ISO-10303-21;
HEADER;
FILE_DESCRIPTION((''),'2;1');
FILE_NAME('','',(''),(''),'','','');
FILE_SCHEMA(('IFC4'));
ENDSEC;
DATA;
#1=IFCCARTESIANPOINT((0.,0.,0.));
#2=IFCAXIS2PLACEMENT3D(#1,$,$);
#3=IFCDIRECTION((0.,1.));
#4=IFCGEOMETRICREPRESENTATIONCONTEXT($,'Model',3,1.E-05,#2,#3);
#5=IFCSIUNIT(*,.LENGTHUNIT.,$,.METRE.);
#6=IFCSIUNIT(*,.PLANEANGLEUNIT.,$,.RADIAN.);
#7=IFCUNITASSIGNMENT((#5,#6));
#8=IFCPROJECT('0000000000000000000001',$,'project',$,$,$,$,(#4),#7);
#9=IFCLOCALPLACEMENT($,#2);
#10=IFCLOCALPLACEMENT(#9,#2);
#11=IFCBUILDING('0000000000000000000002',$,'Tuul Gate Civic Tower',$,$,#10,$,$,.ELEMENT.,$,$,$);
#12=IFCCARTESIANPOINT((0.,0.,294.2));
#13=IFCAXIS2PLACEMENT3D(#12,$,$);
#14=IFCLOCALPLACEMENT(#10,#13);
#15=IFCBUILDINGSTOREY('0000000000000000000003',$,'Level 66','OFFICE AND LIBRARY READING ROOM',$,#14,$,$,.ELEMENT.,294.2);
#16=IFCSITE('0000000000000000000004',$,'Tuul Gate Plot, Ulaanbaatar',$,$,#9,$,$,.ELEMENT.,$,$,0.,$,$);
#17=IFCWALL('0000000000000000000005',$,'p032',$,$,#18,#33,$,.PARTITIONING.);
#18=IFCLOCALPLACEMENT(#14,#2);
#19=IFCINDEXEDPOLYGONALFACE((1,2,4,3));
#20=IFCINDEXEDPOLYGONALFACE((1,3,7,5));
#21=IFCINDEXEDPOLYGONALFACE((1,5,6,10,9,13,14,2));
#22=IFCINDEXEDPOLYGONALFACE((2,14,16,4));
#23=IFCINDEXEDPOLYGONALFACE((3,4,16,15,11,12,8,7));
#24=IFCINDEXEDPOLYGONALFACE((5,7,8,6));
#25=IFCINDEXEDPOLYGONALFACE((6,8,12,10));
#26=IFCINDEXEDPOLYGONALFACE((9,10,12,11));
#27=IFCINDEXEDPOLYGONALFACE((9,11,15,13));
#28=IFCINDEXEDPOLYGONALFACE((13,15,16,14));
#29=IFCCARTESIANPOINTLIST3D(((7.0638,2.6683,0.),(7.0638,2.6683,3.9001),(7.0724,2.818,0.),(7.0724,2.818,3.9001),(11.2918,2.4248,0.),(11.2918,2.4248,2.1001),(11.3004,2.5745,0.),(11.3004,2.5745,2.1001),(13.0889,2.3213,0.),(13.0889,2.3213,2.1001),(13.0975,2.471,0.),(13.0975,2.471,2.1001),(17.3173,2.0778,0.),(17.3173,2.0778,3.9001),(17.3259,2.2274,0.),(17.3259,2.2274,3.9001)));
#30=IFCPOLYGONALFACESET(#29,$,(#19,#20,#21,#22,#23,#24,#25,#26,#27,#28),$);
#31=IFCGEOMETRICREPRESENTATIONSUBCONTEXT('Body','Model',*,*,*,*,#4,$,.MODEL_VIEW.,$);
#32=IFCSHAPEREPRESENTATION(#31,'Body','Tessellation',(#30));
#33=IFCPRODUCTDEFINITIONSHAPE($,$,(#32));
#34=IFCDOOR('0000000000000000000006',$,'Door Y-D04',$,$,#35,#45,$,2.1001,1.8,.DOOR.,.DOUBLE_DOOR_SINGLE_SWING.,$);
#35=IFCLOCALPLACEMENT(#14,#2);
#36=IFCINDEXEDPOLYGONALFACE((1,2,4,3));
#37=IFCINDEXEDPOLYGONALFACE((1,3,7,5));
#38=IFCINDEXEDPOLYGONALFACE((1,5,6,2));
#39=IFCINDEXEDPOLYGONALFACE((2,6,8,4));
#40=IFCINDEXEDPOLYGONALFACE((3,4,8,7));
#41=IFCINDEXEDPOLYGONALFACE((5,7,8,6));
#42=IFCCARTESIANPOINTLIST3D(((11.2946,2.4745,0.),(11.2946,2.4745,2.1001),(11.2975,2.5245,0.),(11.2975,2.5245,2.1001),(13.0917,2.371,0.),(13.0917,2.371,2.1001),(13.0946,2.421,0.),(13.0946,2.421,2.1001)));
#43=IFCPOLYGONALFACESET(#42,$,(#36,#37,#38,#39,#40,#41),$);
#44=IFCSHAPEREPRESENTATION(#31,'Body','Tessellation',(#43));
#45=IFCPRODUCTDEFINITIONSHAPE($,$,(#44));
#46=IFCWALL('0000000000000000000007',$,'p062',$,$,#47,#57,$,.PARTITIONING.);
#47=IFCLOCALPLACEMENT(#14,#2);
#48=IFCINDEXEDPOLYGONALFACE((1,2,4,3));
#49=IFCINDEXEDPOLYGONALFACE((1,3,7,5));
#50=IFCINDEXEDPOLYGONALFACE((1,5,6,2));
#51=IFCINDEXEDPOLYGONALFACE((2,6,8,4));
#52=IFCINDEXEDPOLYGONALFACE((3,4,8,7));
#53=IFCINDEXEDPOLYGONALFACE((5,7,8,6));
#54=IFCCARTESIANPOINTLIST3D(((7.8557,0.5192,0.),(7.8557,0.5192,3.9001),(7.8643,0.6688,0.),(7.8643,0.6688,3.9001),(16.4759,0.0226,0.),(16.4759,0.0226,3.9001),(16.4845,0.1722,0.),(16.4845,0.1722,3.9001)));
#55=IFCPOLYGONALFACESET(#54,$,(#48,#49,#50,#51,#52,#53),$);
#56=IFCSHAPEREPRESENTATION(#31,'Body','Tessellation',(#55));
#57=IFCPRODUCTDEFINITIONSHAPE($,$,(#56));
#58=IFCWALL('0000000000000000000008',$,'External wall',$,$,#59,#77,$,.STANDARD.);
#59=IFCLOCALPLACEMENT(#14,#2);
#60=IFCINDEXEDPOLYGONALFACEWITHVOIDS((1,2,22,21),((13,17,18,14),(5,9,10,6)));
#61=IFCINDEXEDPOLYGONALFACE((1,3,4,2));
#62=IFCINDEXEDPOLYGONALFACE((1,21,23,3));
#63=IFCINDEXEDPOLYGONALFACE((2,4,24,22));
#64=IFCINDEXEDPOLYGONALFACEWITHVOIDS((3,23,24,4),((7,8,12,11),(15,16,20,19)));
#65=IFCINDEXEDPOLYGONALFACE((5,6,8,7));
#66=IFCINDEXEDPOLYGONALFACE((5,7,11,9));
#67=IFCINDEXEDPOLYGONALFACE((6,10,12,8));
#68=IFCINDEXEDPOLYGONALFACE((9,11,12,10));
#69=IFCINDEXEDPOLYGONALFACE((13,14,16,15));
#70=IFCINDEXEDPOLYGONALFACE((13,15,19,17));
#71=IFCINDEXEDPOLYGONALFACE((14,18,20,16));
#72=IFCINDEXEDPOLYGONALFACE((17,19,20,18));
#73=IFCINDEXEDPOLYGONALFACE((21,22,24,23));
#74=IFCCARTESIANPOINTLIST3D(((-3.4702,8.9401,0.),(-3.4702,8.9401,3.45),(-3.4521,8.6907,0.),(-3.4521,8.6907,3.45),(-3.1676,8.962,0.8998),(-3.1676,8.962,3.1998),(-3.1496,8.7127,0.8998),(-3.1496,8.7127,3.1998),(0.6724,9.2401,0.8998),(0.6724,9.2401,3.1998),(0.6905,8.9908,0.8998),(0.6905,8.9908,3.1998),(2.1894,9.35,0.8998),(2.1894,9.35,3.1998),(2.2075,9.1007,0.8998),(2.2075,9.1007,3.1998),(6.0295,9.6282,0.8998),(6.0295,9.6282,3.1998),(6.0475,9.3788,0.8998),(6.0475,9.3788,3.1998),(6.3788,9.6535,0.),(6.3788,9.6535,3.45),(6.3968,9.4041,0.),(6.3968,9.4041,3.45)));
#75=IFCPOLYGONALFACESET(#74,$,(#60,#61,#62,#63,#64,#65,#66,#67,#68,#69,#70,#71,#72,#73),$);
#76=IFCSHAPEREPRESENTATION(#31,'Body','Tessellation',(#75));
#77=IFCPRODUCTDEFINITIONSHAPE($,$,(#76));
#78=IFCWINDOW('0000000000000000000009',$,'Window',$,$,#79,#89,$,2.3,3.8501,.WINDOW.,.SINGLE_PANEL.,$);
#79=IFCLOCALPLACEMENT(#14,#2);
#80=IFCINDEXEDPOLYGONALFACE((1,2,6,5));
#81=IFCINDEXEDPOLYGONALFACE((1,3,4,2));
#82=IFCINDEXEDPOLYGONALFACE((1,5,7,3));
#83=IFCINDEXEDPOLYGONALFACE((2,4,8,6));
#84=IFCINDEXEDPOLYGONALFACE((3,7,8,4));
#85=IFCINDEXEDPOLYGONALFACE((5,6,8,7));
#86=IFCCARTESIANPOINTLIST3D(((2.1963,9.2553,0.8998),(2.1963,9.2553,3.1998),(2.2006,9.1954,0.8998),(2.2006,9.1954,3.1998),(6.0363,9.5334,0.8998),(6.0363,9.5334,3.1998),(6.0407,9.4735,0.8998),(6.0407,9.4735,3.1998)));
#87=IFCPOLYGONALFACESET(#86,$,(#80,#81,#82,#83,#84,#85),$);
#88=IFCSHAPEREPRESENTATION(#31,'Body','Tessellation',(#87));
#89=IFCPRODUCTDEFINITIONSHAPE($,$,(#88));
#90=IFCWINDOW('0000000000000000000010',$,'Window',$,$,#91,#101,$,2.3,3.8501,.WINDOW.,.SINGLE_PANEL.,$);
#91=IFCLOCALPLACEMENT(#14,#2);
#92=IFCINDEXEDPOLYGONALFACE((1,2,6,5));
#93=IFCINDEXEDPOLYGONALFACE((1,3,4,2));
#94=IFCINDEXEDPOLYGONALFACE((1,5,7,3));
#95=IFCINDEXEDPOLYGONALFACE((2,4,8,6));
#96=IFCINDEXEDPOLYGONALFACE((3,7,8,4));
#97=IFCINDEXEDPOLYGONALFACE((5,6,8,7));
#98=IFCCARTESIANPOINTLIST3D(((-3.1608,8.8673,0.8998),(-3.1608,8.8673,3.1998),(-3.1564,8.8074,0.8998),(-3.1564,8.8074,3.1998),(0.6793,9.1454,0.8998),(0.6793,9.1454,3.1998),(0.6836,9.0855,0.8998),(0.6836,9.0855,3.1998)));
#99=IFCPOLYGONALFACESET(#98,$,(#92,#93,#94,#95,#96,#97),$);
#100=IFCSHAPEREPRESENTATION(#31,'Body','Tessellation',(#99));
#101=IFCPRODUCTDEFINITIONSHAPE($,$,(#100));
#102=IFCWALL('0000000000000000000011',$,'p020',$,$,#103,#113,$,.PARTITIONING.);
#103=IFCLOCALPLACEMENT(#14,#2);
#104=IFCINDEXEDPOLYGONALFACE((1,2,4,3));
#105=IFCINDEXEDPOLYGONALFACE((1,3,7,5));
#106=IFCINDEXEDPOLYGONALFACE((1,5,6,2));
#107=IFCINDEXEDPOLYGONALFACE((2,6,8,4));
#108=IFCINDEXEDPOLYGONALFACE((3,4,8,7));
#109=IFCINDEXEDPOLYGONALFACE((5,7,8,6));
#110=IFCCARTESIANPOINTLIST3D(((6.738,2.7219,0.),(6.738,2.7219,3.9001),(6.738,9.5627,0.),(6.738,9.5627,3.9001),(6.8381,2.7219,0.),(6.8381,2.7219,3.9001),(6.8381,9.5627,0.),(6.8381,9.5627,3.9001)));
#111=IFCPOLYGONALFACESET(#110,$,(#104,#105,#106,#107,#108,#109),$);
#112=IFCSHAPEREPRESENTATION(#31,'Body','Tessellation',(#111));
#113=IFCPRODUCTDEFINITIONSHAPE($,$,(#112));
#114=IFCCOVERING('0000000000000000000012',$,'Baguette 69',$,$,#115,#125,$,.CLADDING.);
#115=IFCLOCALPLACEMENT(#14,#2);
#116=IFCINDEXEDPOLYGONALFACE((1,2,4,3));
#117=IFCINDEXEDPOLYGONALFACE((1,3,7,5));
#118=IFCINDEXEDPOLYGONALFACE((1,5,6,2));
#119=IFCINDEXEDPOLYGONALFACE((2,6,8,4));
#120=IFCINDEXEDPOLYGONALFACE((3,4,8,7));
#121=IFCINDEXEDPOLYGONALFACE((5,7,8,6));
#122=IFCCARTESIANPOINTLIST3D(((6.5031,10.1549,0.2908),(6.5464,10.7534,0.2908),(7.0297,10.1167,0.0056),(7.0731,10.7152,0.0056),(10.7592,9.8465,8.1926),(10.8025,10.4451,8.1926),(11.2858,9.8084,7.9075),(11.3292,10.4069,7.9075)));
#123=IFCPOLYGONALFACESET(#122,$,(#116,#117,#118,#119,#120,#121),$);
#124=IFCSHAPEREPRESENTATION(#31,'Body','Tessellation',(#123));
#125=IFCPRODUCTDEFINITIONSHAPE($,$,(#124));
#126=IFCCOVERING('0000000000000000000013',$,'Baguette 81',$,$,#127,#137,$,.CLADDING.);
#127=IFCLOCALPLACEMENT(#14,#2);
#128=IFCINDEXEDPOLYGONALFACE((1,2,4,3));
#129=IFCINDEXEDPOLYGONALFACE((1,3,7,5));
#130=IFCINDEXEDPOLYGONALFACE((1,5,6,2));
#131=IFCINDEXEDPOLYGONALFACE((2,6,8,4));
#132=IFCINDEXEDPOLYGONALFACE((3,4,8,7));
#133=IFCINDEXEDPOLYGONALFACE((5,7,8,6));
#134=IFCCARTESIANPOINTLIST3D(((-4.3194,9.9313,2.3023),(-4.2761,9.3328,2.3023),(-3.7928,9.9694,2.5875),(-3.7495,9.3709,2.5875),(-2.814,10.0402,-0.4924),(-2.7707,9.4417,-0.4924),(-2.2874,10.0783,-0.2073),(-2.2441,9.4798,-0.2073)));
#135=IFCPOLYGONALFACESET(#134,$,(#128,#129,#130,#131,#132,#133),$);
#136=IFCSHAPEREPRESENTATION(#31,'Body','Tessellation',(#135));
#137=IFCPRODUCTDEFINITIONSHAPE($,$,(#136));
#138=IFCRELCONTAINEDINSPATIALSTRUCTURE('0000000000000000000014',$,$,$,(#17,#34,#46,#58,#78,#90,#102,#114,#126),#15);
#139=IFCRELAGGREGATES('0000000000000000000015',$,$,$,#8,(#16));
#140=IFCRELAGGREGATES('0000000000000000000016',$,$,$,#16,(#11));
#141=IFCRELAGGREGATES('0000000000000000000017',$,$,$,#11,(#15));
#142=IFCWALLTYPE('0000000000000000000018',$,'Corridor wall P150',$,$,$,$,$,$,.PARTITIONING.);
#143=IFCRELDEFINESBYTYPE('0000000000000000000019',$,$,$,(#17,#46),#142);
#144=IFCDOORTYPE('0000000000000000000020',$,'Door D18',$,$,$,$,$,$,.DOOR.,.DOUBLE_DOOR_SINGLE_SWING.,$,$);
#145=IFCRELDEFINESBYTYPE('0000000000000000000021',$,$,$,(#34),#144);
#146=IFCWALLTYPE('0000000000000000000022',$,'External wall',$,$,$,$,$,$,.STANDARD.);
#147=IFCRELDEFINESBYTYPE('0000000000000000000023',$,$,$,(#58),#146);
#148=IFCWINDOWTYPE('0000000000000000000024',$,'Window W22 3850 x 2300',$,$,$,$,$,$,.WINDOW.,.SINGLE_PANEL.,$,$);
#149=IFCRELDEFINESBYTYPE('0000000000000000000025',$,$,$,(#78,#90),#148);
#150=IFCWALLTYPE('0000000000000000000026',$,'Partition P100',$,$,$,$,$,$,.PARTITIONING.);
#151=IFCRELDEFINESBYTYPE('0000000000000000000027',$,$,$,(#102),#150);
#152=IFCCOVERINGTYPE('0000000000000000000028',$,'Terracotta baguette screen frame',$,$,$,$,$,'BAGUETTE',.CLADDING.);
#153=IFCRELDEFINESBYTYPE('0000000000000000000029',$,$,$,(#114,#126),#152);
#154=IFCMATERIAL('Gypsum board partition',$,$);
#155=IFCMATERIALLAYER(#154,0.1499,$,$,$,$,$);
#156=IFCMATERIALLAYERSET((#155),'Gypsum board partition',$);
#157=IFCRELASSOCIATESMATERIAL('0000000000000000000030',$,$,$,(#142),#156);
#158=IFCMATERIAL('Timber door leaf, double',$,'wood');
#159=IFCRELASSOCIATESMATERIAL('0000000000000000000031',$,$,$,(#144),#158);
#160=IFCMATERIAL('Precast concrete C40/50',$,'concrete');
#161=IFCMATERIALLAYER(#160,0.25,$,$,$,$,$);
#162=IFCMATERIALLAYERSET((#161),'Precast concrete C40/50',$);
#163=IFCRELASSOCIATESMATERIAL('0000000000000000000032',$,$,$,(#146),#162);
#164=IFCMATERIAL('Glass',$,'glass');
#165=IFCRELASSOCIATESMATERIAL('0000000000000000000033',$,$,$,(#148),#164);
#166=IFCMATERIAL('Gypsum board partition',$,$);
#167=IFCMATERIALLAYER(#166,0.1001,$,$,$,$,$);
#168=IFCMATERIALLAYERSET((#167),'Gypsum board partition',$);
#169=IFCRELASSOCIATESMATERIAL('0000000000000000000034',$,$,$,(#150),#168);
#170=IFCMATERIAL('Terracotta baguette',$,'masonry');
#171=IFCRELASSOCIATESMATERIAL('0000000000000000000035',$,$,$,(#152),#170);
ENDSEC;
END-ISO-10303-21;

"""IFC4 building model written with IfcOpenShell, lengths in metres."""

from ifc_helpers import new_model, si_unit, direction, frame, frame_2d, origin, origin_2d, place, context, subcontext, project, spatial, rectangle, extrude, material, layer, layer_set, material_profile, profile_set, type_object, element, fill, save


model = new_model("IFC4")

# Units and contexts
model_context = context("Model", 3, precision=1e-05, world=origin(), true_north=direction((0.0, 1.0)))
body_context = subcontext(model_context, "Body", "Model", "MODEL_VIEW")
ifc_project = project(units=[si_unit("LENGTHUNIT", "METRE"), si_unit("PLANEANGLEUNIT", "RADIAN")], contexts=[model_context])

# Site, building, storey
site_placement = place(None, origin())
site = spatial("IfcSite", under=ifc_project, at=site_placement, Name="Tuul Gate Plot, Ulaanbaatar", CompositionType="ELEMENT", RefElevation=0.0)
building_placement = place(site_placement, origin())
building = spatial("IfcBuilding", under=site, at=building_placement, Name="Tuul Gate Civic Tower", CompositionType="ELEMENT")
storey_placement = place(building_placement, frame((0.0, 0.0, 294.2)))
storey = spatial("IfcBuildingStorey", under=building, at=storey_placement, Name="Level 66", Description="OFFICE AND LIBRARY READING ROOM", CompositionType="ELEMENT", Elevation=294.2)

# Shared definitions
ifc_material_1 = material(Name="Gypsum board partition")
ifc_layer_1 = layer(ifc_material_1, 0.1499)
ifc_layer_set_1 = layer_set([ifc_layer_1], Name="Gypsum board partition")
wall_type_1 = type_object("IfcWallType", Name="Corridor wall P150", PredefinedType="PARTITIONING", material=ifc_layer_set_1)

# Wall, opening, door
wall_1_placement = place(storey_placement, frame((7.0681, 2.7432, 0.0), z_axis=(0.0, 0.0, 1.0), x_axis=(0.998345, -0.057503, 0.0)))
wall_1 = element("IfcWall", 1, at=wall_1_placement, inside=storey, type_object=wall_type_1, Name="p032", PredefinedType="PARTITIONING", context=body_context, shape_type="SweptSolid", body=[
    extrude(rectangle(XDim=10.2705, YDim=0.1499, at=frame_2d((5.1353, 0.0))), origin(), (0.0, 0.0, 1.0), 3.9001),
])
opening_1_placement = place(wall_1_placement, frame((4.2351, 0.0, 0.0)))
opening_1 = element("IfcOpeningElement", 2, at=opening_1_placement, cuts=wall_1, PredefinedType="OPENING", context=body_context, shape_type="SweptSolid", body=[
    extrude(rectangle(XDim=1.8, YDim=2.1001, at=frame_2d((0.8999, 1.05))), frame((0.0, 0.085, 0.0), z_axis=(0.0, -1.0, 0.0), x_axis=(1.0, 0.0, 0.0)), (0.0, 0.0, 1.0), 0.1699),
])
ifc_material_2 = material(Name="Timber door leaf, double", Category="wood")
door_type = type_object("IfcDoorType", Name="Door D18", OperationType="DOUBLE_DOOR_SINGLE_SWING", PredefinedType="DOOR", material=ifc_material_2)
door_placement = place(opening_1_placement, origin())
door = element("IfcDoor", 3, at=door_placement, inside=storey, type_object=door_type, Name="Door Y-D04", OperationType="DOUBLE_DOOR_SINGLE_SWING", OverallHeight=2.1001, OverallWidth=1.8, PredefinedType="DOOR", context=body_context, shape_type="SweptSolid", body=[
    extrude(rectangle(XDim=1.8, YDim=2.1001, at=frame_2d((0.8999, 1.05))), frame((0.0, 0.0249, 0.0), z_axis=(0.0, -1.0, 0.0), x_axis=(1.0, 0.0, 0.0)), (0.0, 0.0, 1.0), 0.05),
])
fill(opening_1, door)

# Wall
wall_2_placement = place(storey_placement, frame((7.8599, 0.594, 0.0), z_axis=(0.0, 0.0, 1.0), x_axis=(0.998345, -0.057512, 0.0)))
element("IfcWall", 4, at=wall_2_placement, inside=storey, type_object=wall_type_1, Name="p062", PredefinedType="PARTITIONING", context=body_context, shape_type="SweptSolid", body=[
    extrude(rectangle(XDim=8.6345, YDim=0.1499, at=frame_2d((4.3174, 0.0))), origin(), (0.0, 0.0, 1.0), 3.9001),
])

# Wall, openings, windows
ifc_material_3 = material(Name="Precast concrete C40/50", Category="concrete")
ifc_layer_2 = layer(ifc_material_3, 0.25)
ifc_layer_set_2 = layer_set([ifc_layer_2], Name="Precast concrete C40/50")
wall_type_2 = type_object("IfcWallType", Name="External wall", PredefinedType="STANDARD", material=ifc_layer_set_2)
wall_3_placement = place(storey_placement, frame((6.3879, 9.5288, 0.0), z_axis=(0.0, 0.0, 1.0), x_axis=(-0.997387, -0.072243, 0.0)))
wall_3 = element("IfcWall", 5, at=wall_3_placement, inside=storey, type_object=wall_type_2, Name="External wall", PredefinedType="STANDARD", context=body_context, shape_type="SweptSolid", body=[
    extrude(rectangle(XDim=9.8748, YDim=0.25, at=frame_2d((4.9375, 0.0))), origin(), (0.0, 0.0, 1.0), 3.45),
])
opening_2_placement = place(wall_3_placement, frame((0.3503, 0.0, 0.8999)))
opening_2 = element("IfcOpeningElement", 6, at=opening_2_placement, cuts=wall_3, PredefinedType="OPENING", context=body_context, shape_type="SweptSolid", body=[
    extrude(rectangle(XDim=3.8501, YDim=2.3, at=frame_2d((1.925, 1.1499))), frame((0.0, 0.135, 0.0), z_axis=(0.0, -1.0, 0.0), x_axis=(1.0, 0.0, 0.0)), (0.0, 0.0, 1.0), 0.27),
])
opening_3_placement = place(wall_3_placement, frame((5.7214, 0.0, 0.8999)))
opening_3 = element("IfcOpeningElement", 7, at=opening_3_placement, cuts=wall_3, PredefinedType="OPENING", context=body_context, shape_type="SweptSolid", body=[
    extrude(rectangle(XDim=3.8501, YDim=2.3, at=frame_2d((1.925, 1.1499))), frame((0.0, 0.135, 0.0), z_axis=(0.0, -1.0, 0.0), x_axis=(1.0, 0.0, 0.0)), (0.0, 0.0, 1.0), 0.27),
])
ifc_material_4 = material(Name="Glass", Category="glass")
window_type = type_object("IfcWindowType", Name="Window W22 3850 x 2300", PartitioningType="SINGLE_PANEL", PredefinedType="WINDOW", material=ifc_material_4)
window_1_placement = place(opening_2_placement, origin())
window_1 = element("IfcWindow", 8, at=window_1_placement, inside=storey, type_object=window_type, Name="Window", OverallHeight=2.3, OverallWidth=3.8501, PartitioningType="SINGLE_PANEL", PredefinedType="WINDOW", context=body_context, shape_type="SweptSolid", body=[
    extrude(rectangle(XDim=3.8501, YDim=2.3, at=frame_2d((1.925, 1.1499))), frame((0.0, 0.03, 0.0), z_axis=(0.0, -1.0, 0.0), x_axis=(1.0, 0.0, 0.0)), (0.0, 0.0, 1.0), 0.0601),
])
fill(opening_2, window_1)
window_2_placement = place(opening_3_placement, origin())
window_2 = element("IfcWindow", 9, at=window_2_placement, inside=storey, type_object=window_type, Name="Window", OverallHeight=2.3, OverallWidth=3.8501, PartitioningType="SINGLE_PANEL", PredefinedType="WINDOW", context=body_context, shape_type="SweptSolid", body=[
    extrude(rectangle(XDim=3.8501, YDim=2.3, at=frame_2d((1.925, 1.1499))), frame((0.0, 0.03, 0.0), z_axis=(0.0, -1.0, 0.0), x_axis=(1.0, 0.0, 0.0)), (0.0, 0.0, 1.0), 0.0601),
])
fill(opening_3, window_2)

# Wall
ifc_material_5 = material(Name="Gypsum board partition")
ifc_layer_3 = layer(ifc_material_5, 0.1001)
ifc_layer_set_3 = layer_set([ifc_layer_3], Name="Gypsum board partition")
wall_type_3 = type_object("IfcWallType", Name="Partition P100", PredefinedType="PARTITIONING", material=ifc_layer_set_3)
wall_4_placement = place(storey_placement, frame((6.7881, 2.7219, 0.0), z_axis=(0.0, 0.0, 1.0), x_axis=(0.0, 1.0, 0.0)))
element("IfcWall", 10, at=wall_4_placement, inside=storey, type_object=wall_type_3, Name="p020", PredefinedType="PARTITIONING", context=body_context, shape_type="SweptSolid", body=[
    extrude(rectangle(XDim=6.8408, YDim=0.1001, at=frame_2d((3.4204, 0.0))), origin(), (0.0, 0.0, 1.0), 3.9001),
])

# Coverings
ifc_material_6 = material(Name="Terracotta baguette", Category="masonry")
ifc_material_profile_1 = material_profile(ifc_material_6, rectangle(XDim=0.6001, YDim=0.6001, at=origin_2d()), Name="Terracotta baguette screen frame")
ifc_profile_set_1 = profile_set([ifc_material_profile_1], Name="Terracotta baguette")
covering_type = type_object("IfcCoveringType", Name="Terracotta baguette screen frame", ElementType="BAGUETTE", PredefinedType="CLADDING", material=ifc_profile_set_1)
covering_1_placement = place(storey_placement, frame((11.0442, 10.1267, 8.05), z_axis=(-0.473929, 0.034336, -0.879893), x_axis=(-0.072259, -0.997386, 0.0)))
element("IfcCovering", 11, at=covering_1_placement, inside=storey, type_object=covering_type, Name="Baguette 69", PredefinedType="CLADDING", context=body_context, shape_type="SweptSolid", body=[
    extrude(rectangle(XDim=0.6001, YDim=0.6001, at=origin_2d()), origin(), (0.0, 0.0, 1.0), 8.9805),
])
covering_2_placement = place(storey_placement, frame((-2.5291, 9.76, -0.3499), z_axis=(-0.473954, -0.034282, 0.879882), x_axis=(0.072144, -0.997394, 0.0)))
element("IfcCovering", 12, at=covering_2_placement, inside=storey, type_object=covering_type, Name="Baguette 81", PredefinedType="CLADDING", context=body_context, shape_type="SweptSolid", body=[
    extrude(rectangle(XDim=0.6001, YDim=0.6001, at=origin_2d()), origin(), (0.0, 0.0, 1.0), 3.1763),
])

save(model, "model.ifc")
